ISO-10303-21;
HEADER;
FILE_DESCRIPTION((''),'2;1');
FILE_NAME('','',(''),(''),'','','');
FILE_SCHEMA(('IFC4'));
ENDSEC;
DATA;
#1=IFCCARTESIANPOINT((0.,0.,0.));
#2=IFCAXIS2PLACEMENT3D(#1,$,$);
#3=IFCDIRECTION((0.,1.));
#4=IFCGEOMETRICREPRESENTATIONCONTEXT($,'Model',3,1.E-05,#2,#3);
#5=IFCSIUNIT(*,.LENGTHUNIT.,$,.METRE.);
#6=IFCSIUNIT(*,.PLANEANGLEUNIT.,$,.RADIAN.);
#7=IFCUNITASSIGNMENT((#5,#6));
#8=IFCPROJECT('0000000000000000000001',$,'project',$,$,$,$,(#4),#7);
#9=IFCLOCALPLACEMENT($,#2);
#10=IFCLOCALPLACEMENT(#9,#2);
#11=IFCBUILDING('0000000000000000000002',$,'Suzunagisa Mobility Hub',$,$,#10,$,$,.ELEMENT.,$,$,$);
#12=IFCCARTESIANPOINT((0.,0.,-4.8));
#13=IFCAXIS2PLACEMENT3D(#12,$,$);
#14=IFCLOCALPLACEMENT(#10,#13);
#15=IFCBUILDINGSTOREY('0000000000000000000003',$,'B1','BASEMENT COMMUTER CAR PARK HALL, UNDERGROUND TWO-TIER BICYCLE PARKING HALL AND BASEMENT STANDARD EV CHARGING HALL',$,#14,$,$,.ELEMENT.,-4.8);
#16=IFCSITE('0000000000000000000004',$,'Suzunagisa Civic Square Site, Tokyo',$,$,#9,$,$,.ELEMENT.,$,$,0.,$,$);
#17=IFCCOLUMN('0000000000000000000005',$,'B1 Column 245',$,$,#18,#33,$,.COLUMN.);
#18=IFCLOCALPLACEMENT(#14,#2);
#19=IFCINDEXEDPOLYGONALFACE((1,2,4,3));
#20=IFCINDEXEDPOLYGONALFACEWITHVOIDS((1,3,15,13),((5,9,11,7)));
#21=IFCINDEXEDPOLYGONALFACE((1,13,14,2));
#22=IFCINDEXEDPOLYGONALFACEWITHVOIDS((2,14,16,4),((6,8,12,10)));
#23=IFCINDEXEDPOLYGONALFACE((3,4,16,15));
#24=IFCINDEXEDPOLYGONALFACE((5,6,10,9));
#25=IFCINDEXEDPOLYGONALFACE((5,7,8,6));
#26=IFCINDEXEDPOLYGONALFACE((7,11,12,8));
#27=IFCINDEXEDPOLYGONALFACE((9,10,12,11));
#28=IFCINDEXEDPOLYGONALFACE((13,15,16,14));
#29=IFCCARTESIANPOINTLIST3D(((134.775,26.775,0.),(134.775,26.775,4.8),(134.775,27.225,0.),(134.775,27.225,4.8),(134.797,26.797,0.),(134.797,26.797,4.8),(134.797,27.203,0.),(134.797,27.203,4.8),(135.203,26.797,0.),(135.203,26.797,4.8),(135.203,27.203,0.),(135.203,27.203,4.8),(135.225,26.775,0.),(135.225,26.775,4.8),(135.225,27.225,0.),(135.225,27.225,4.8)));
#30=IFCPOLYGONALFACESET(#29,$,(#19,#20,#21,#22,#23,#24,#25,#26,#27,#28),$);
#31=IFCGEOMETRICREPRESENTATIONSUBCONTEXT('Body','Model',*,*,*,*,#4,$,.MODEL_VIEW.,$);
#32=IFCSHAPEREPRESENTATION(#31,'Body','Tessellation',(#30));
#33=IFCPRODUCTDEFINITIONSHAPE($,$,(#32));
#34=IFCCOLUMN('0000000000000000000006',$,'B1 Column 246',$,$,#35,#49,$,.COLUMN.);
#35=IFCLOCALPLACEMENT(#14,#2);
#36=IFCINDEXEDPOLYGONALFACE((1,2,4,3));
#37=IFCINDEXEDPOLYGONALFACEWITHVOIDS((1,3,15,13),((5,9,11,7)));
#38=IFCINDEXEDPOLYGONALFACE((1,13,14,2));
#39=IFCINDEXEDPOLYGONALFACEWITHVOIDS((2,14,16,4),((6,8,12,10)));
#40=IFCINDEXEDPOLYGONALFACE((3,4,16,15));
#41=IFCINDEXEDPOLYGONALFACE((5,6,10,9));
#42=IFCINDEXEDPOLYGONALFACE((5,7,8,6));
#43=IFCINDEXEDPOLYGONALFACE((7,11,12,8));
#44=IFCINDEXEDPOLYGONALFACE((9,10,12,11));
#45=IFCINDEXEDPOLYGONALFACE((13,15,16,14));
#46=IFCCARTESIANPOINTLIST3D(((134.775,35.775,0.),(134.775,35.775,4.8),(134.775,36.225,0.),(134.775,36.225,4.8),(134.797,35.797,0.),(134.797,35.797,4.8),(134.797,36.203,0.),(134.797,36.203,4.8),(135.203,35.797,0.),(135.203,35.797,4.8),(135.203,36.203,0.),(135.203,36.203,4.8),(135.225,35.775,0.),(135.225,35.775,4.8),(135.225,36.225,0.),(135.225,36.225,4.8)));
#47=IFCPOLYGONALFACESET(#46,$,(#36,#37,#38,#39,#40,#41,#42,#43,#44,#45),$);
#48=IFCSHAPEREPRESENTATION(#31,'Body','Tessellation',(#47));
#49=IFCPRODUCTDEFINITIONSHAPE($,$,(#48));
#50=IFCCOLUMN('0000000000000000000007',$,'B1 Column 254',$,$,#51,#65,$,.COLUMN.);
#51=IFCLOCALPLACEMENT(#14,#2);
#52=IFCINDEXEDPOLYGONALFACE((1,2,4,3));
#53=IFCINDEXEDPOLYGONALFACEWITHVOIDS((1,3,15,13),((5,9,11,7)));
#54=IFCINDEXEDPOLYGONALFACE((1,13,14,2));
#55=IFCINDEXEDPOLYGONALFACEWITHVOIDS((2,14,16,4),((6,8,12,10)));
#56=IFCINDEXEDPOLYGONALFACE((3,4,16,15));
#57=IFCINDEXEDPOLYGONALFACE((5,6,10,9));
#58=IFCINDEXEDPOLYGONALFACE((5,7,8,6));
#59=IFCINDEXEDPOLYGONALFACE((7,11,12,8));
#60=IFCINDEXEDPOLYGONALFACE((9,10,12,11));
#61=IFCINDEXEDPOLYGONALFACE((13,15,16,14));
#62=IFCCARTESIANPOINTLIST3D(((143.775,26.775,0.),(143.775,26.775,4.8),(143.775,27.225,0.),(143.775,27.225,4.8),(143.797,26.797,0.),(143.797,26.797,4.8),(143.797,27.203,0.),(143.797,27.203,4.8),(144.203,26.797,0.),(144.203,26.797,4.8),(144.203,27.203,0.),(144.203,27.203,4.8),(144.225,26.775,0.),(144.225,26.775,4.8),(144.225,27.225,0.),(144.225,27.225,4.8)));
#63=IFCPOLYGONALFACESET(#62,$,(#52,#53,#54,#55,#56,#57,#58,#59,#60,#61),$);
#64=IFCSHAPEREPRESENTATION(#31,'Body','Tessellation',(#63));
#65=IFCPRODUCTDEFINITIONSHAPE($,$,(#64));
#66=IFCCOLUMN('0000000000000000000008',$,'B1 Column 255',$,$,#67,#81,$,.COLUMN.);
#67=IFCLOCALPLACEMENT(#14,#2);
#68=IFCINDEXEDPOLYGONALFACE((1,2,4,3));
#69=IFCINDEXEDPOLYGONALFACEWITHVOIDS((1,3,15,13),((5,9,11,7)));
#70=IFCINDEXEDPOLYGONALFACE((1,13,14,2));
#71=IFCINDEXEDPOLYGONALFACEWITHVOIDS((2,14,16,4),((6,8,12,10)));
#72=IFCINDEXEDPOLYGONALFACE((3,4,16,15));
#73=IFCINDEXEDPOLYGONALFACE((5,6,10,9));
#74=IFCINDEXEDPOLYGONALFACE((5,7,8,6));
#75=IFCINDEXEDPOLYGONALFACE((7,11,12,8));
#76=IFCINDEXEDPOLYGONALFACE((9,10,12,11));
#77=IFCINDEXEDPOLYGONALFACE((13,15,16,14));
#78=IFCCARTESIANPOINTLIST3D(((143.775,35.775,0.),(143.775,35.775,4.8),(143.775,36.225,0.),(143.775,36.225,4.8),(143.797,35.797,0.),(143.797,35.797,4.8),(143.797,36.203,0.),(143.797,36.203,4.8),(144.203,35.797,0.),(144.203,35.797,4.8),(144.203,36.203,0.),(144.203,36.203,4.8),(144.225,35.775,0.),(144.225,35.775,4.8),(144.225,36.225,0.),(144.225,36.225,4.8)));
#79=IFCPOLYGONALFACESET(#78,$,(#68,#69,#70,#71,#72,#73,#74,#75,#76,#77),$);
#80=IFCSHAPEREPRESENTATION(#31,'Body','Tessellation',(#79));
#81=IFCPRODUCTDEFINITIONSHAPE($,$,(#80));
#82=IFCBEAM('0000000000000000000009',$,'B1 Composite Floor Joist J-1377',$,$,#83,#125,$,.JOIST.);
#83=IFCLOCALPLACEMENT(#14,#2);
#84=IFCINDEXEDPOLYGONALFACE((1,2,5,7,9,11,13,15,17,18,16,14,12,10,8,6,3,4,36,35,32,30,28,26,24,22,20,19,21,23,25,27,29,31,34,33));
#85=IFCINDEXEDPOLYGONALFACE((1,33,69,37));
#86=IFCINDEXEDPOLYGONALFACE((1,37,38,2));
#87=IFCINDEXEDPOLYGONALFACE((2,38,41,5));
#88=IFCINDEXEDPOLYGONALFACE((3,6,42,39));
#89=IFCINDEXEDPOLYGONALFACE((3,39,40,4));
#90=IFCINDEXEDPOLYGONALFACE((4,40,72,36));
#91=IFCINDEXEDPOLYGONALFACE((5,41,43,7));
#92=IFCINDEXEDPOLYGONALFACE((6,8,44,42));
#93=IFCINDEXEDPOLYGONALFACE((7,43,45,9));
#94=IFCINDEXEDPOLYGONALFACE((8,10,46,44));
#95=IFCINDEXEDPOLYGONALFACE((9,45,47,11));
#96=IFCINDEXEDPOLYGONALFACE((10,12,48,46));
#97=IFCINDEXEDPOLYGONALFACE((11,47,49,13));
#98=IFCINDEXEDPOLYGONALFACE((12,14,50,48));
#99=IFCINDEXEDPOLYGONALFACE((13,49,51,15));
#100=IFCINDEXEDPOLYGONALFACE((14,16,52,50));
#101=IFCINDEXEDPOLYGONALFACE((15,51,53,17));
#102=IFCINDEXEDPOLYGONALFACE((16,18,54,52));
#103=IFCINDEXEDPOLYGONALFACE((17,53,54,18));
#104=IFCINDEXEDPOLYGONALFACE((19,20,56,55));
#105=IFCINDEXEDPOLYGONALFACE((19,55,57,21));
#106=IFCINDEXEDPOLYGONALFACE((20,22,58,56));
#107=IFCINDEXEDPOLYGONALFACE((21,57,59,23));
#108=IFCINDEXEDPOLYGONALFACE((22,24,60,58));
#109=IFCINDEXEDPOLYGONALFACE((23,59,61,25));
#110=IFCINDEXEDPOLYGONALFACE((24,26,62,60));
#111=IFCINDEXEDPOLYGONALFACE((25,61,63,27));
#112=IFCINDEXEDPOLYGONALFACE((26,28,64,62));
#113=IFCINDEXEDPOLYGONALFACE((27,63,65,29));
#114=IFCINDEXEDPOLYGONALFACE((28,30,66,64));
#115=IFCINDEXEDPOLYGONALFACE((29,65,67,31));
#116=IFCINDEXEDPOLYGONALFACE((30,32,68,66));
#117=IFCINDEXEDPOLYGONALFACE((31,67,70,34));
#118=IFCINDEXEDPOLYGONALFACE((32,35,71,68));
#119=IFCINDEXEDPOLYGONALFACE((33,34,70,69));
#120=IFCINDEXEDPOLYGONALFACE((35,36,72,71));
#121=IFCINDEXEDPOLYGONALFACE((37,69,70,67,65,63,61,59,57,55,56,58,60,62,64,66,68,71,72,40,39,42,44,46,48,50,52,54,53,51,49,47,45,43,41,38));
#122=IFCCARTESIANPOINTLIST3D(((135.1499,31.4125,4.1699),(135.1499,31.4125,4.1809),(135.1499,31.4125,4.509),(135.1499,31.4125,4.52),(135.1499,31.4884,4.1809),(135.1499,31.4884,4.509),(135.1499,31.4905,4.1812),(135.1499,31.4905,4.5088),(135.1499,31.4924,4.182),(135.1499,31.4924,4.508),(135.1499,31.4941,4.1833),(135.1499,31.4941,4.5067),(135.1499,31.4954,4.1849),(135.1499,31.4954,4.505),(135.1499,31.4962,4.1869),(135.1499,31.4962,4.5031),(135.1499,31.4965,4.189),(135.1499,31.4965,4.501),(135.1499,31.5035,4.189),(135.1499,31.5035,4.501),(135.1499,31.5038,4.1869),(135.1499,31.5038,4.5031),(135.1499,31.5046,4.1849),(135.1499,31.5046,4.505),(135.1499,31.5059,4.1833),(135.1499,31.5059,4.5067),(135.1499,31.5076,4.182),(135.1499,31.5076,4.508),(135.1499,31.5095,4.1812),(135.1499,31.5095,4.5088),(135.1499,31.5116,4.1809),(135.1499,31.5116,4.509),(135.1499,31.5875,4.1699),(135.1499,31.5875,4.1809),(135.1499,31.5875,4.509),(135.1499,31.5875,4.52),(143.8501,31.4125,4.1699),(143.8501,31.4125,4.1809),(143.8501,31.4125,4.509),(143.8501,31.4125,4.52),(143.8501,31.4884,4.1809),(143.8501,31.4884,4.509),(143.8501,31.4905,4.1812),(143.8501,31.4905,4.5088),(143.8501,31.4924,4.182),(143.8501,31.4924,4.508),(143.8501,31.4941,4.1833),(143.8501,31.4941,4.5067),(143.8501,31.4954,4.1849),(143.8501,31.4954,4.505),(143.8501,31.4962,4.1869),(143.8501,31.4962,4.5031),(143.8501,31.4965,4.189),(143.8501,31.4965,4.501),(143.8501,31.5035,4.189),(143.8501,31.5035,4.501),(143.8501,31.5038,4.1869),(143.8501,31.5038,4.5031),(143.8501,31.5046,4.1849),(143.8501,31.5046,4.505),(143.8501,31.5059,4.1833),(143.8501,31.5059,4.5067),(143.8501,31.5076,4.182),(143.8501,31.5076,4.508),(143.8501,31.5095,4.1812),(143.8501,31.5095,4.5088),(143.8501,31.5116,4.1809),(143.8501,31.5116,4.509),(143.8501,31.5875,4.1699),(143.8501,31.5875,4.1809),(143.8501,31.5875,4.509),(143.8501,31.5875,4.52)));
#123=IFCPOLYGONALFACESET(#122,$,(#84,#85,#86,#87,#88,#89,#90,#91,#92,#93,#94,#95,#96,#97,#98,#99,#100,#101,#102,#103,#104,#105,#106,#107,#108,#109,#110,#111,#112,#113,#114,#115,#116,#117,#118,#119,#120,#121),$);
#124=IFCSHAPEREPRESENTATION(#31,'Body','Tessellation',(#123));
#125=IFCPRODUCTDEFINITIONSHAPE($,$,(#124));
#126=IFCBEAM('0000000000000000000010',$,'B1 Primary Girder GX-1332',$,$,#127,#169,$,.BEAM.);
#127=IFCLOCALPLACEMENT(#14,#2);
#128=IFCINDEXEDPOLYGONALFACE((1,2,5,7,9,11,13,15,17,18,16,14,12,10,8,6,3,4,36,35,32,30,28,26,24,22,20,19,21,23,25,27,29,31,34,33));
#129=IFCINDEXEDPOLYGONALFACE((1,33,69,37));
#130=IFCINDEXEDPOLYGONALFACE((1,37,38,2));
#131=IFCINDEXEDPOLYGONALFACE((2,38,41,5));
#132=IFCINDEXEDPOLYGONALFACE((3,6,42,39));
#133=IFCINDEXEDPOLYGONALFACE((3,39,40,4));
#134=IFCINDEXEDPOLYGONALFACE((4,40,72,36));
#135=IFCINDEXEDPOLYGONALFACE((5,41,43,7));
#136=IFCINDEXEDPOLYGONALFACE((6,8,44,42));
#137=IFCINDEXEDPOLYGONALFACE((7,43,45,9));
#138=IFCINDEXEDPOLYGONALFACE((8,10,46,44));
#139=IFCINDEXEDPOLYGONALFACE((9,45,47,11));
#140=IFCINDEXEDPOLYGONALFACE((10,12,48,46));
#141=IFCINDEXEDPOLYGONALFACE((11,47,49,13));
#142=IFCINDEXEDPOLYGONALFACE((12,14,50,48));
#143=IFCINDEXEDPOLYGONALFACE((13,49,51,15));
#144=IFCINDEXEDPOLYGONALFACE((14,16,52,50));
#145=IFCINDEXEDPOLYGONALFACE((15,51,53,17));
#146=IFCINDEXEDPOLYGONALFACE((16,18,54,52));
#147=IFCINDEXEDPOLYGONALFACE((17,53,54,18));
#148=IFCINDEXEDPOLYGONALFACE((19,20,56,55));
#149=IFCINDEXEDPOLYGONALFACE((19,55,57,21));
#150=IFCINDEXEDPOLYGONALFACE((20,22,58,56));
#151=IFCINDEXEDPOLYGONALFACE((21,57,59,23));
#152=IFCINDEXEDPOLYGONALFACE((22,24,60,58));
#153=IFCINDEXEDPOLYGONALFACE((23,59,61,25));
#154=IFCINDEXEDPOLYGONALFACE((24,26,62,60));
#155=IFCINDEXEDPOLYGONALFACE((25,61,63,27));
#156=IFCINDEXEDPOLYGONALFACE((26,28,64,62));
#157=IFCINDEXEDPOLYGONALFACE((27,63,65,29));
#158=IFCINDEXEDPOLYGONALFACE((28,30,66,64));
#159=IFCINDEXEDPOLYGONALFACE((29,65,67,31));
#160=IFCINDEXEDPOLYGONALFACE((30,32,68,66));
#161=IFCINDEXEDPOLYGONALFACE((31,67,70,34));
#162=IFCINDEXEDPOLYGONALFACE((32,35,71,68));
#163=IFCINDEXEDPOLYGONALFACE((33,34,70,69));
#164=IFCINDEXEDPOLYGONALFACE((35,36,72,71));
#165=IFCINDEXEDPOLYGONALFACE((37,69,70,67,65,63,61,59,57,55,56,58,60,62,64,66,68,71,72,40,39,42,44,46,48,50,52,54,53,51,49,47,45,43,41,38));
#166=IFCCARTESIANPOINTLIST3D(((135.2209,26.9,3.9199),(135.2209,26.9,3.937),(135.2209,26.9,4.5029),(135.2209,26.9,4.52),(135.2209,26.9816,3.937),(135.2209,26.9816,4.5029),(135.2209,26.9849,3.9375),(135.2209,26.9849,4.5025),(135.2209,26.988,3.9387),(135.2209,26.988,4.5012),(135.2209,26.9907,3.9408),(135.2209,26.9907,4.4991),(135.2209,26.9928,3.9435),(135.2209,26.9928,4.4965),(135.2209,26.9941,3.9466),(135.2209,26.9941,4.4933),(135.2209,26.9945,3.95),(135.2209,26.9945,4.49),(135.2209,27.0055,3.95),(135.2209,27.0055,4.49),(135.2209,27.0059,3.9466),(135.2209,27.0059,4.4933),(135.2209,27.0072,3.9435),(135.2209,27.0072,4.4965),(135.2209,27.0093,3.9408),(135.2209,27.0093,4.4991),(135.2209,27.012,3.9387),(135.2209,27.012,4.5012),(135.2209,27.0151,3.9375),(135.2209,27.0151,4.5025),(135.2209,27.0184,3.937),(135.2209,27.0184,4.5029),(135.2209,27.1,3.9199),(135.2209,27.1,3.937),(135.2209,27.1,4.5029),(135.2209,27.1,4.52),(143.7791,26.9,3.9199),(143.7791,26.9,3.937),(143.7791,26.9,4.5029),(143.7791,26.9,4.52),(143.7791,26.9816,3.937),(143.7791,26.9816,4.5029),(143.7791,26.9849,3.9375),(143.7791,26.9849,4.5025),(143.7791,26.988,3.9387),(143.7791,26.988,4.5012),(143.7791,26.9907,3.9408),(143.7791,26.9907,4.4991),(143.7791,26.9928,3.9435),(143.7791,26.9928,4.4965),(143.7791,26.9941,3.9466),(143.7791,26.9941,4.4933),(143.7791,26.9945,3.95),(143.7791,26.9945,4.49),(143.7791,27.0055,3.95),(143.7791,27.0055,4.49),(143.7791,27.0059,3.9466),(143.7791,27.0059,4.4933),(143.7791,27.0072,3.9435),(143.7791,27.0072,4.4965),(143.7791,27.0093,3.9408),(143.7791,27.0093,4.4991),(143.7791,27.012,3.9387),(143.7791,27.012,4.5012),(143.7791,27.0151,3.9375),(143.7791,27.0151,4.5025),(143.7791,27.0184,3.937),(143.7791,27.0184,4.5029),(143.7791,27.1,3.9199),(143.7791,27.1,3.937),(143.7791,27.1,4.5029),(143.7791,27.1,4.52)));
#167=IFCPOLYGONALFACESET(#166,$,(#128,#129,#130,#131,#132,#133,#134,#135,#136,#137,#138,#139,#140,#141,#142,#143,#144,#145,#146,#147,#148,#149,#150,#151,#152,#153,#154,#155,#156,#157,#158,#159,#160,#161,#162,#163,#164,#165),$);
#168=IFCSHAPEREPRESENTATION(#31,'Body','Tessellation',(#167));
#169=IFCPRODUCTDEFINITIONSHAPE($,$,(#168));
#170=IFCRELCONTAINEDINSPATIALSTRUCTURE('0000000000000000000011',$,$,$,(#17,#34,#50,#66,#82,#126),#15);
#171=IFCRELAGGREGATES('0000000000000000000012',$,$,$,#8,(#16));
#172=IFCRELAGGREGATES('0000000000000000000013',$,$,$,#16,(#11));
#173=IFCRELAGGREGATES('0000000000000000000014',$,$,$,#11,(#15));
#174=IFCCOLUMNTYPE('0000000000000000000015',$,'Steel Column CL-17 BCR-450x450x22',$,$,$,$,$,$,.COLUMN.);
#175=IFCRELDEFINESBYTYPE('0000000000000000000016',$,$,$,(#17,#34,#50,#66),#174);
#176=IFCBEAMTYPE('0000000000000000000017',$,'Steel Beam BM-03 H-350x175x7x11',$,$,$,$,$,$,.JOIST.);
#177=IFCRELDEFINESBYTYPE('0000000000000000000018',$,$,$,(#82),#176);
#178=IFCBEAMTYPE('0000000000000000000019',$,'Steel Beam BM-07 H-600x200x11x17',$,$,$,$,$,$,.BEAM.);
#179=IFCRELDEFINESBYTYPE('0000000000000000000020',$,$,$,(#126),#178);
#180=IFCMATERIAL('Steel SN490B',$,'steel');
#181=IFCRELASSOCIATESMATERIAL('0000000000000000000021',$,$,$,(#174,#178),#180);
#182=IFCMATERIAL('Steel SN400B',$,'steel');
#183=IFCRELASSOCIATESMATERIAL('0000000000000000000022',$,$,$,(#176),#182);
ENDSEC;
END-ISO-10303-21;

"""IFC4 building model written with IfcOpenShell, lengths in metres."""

from ifc_helpers import new_model, si_unit, direction, frame, origin, origin_2d, place, context, subcontext, project, spatial, hollow_rectangle, i_section, extrude, material, material_profile, profile_set, type_object, element, save


model = new_model("IFC4")

# Units and contexts
model_context = context("Model", 3, precision=1e-05, world=origin(), true_north=direction((0.0, 1.0)))
body_context = subcontext(model_context, "Body", "Model", "MODEL_VIEW")
ifc_project = project(units=[si_unit("LENGTHUNIT", "METRE"), si_unit("PLANEANGLEUNIT", "RADIAN")], contexts=[model_context])

# Site, building, storey
site_placement = place(None, origin())
site = spatial("IfcSite", under=ifc_project, at=site_placement, Name="Suzunagisa Civic Square Site, Tokyo", CompositionType="ELEMENT", RefElevation=0.0)
building_placement = place(site_placement, origin())
building = spatial("IfcBuilding", under=site, at=building_placement, Name="Suzunagisa Mobility Hub", CompositionType="ELEMENT")
storey_placement = place(building_placement, frame((0.0, 0.0, -4.8)))
storey = spatial("IfcBuildingStorey", under=building, at=storey_placement, Name="B1", Description="BASEMENT COMMUTER CAR PARK HALL, UNDERGROUND TWO-TIER BICYCLE PARKING HALL AND BASEMENT STANDARD EV CHARGING HALL", CompositionType="ELEMENT", Elevation=-4.8)

# Columns
ifc_material_1 = material(Name="Steel SN490B", Category="steel")
ifc_material_profile_1 = material_profile(ifc_material_1, hollow_rectangle(XDim=0.45, YDim=0.45, WallThickness=0.022, at=origin_2d()), Name="BCR-450x450x22")
ifc_profile_set_1 = profile_set([ifc_material_profile_1], Name="Steel SN490B")
column_type = type_object("IfcColumnType", Name="Steel Column CL-17 BCR-450x450x22", PredefinedType="COLUMN", material=ifc_profile_set_1)
for number, where, z_axis, x_axis, name in (
    (1, (135.0, 27.0, 0.0), (0.0, 0.0, 1.0), (1.0, 0.0, 0.0), "B1 Column 245"),
    (2, (135.0, 36.0, 0.0), (0.0, 0.0, 1.0), (1.0, 0.0, 0.0), "B1 Column 246"),
    (3, (144.0, 27.0, 0.0), (0.0, 0.0, 1.0), (1.0, 0.0, 0.0), "B1 Column 254"),
    (4, (144.0, 36.0, 0.0), (0.0, 0.0, 1.0), (1.0, 0.0, 0.0), "B1 Column 255"),
):
    element("IfcColumn", number, at=place(storey_placement, frame(where, z_axis=z_axis, x_axis=x_axis)), inside=storey, type_object=column_type, Name=name, PredefinedType="COLUMN", context=body_context, shape_type="SweptSolid", body=[
        extrude(hollow_rectangle(XDim=0.45, YDim=0.45, WallThickness=0.022, at=origin_2d()), origin(), (0.0, 0.0, 1.0), 4.8),
    ])

# Beams
ifc_material_2 = material(Name="Steel SN400B", Category="steel")
ifc_material_profile_2 = material_profile(ifc_material_2, i_section(OverallWidth=0.175, OverallDepth=0.3501, WebThickness=0.0071, FlangeThickness=0.011, FilletRadius=0.0081, at=origin_2d()), Name="H-350x175x7x11")
ifc_profile_set_2 = profile_set([ifc_material_profile_2], Name="Steel SN400B")
beam_type_1 = type_object("IfcBeamType", Name="Steel Beam BM-03 H-350x175x7x11", PredefinedType="JOIST", material=ifc_profile_set_2)
beam_1_placement = place(storey_placement, frame((135.1499, 31.5, 4.345), z_axis=(1.0, 0.0, 0.0), x_axis=(0.0, 1.0, 0.0)))
element("IfcBeam", 5, at=beam_1_placement, inside=storey, type_object=beam_type_1, Name="B1 Composite Floor Joist J-1377", PredefinedType="JOIST", context=body_context, shape_type="SweptSolid", body=[
    extrude(i_section(OverallWidth=0.175, OverallDepth=0.3501, WebThickness=0.0071, FlangeThickness=0.011, FilletRadius=0.0081, at=origin_2d()), origin(), (0.0, 0.0, 1.0), 8.7002),
])
ifc_material_profile_3 = material_profile(ifc_material_1, i_section(OverallWidth=0.2, OverallDepth=0.6001, WebThickness=0.011, FlangeThickness=0.0171, FilletRadius=0.0129, at=origin_2d()), Name="H-600x200x11x17")
ifc_profile_set_3 = profile_set([ifc_material_profile_3], Name="Steel SN490B")
beam_type_2 = type_object("IfcBeamType", Name="Steel Beam BM-07 H-600x200x11x17", PredefinedType="BEAM", material=ifc_profile_set_3)
beam_2_placement = place(storey_placement, frame((135.2209, 27.0, 4.22), z_axis=(1.0, 0.0, 0.0), x_axis=(0.0, 1.0, 0.0)))
element("IfcBeam", 6, at=beam_2_placement, inside=storey, type_object=beam_type_2, Name="B1 Primary Girder GX-1332", PredefinedType="BEAM", context=body_context, shape_type="SweptSolid", body=[
    extrude(i_section(OverallWidth=0.2, OverallDepth=0.6001, WebThickness=0.011, FlangeThickness=0.0171, FilletRadius=0.0129, at=origin_2d()), origin(), (0.0, 0.0, 1.0), 8.5581),
])

save(model, "model.ifc")
